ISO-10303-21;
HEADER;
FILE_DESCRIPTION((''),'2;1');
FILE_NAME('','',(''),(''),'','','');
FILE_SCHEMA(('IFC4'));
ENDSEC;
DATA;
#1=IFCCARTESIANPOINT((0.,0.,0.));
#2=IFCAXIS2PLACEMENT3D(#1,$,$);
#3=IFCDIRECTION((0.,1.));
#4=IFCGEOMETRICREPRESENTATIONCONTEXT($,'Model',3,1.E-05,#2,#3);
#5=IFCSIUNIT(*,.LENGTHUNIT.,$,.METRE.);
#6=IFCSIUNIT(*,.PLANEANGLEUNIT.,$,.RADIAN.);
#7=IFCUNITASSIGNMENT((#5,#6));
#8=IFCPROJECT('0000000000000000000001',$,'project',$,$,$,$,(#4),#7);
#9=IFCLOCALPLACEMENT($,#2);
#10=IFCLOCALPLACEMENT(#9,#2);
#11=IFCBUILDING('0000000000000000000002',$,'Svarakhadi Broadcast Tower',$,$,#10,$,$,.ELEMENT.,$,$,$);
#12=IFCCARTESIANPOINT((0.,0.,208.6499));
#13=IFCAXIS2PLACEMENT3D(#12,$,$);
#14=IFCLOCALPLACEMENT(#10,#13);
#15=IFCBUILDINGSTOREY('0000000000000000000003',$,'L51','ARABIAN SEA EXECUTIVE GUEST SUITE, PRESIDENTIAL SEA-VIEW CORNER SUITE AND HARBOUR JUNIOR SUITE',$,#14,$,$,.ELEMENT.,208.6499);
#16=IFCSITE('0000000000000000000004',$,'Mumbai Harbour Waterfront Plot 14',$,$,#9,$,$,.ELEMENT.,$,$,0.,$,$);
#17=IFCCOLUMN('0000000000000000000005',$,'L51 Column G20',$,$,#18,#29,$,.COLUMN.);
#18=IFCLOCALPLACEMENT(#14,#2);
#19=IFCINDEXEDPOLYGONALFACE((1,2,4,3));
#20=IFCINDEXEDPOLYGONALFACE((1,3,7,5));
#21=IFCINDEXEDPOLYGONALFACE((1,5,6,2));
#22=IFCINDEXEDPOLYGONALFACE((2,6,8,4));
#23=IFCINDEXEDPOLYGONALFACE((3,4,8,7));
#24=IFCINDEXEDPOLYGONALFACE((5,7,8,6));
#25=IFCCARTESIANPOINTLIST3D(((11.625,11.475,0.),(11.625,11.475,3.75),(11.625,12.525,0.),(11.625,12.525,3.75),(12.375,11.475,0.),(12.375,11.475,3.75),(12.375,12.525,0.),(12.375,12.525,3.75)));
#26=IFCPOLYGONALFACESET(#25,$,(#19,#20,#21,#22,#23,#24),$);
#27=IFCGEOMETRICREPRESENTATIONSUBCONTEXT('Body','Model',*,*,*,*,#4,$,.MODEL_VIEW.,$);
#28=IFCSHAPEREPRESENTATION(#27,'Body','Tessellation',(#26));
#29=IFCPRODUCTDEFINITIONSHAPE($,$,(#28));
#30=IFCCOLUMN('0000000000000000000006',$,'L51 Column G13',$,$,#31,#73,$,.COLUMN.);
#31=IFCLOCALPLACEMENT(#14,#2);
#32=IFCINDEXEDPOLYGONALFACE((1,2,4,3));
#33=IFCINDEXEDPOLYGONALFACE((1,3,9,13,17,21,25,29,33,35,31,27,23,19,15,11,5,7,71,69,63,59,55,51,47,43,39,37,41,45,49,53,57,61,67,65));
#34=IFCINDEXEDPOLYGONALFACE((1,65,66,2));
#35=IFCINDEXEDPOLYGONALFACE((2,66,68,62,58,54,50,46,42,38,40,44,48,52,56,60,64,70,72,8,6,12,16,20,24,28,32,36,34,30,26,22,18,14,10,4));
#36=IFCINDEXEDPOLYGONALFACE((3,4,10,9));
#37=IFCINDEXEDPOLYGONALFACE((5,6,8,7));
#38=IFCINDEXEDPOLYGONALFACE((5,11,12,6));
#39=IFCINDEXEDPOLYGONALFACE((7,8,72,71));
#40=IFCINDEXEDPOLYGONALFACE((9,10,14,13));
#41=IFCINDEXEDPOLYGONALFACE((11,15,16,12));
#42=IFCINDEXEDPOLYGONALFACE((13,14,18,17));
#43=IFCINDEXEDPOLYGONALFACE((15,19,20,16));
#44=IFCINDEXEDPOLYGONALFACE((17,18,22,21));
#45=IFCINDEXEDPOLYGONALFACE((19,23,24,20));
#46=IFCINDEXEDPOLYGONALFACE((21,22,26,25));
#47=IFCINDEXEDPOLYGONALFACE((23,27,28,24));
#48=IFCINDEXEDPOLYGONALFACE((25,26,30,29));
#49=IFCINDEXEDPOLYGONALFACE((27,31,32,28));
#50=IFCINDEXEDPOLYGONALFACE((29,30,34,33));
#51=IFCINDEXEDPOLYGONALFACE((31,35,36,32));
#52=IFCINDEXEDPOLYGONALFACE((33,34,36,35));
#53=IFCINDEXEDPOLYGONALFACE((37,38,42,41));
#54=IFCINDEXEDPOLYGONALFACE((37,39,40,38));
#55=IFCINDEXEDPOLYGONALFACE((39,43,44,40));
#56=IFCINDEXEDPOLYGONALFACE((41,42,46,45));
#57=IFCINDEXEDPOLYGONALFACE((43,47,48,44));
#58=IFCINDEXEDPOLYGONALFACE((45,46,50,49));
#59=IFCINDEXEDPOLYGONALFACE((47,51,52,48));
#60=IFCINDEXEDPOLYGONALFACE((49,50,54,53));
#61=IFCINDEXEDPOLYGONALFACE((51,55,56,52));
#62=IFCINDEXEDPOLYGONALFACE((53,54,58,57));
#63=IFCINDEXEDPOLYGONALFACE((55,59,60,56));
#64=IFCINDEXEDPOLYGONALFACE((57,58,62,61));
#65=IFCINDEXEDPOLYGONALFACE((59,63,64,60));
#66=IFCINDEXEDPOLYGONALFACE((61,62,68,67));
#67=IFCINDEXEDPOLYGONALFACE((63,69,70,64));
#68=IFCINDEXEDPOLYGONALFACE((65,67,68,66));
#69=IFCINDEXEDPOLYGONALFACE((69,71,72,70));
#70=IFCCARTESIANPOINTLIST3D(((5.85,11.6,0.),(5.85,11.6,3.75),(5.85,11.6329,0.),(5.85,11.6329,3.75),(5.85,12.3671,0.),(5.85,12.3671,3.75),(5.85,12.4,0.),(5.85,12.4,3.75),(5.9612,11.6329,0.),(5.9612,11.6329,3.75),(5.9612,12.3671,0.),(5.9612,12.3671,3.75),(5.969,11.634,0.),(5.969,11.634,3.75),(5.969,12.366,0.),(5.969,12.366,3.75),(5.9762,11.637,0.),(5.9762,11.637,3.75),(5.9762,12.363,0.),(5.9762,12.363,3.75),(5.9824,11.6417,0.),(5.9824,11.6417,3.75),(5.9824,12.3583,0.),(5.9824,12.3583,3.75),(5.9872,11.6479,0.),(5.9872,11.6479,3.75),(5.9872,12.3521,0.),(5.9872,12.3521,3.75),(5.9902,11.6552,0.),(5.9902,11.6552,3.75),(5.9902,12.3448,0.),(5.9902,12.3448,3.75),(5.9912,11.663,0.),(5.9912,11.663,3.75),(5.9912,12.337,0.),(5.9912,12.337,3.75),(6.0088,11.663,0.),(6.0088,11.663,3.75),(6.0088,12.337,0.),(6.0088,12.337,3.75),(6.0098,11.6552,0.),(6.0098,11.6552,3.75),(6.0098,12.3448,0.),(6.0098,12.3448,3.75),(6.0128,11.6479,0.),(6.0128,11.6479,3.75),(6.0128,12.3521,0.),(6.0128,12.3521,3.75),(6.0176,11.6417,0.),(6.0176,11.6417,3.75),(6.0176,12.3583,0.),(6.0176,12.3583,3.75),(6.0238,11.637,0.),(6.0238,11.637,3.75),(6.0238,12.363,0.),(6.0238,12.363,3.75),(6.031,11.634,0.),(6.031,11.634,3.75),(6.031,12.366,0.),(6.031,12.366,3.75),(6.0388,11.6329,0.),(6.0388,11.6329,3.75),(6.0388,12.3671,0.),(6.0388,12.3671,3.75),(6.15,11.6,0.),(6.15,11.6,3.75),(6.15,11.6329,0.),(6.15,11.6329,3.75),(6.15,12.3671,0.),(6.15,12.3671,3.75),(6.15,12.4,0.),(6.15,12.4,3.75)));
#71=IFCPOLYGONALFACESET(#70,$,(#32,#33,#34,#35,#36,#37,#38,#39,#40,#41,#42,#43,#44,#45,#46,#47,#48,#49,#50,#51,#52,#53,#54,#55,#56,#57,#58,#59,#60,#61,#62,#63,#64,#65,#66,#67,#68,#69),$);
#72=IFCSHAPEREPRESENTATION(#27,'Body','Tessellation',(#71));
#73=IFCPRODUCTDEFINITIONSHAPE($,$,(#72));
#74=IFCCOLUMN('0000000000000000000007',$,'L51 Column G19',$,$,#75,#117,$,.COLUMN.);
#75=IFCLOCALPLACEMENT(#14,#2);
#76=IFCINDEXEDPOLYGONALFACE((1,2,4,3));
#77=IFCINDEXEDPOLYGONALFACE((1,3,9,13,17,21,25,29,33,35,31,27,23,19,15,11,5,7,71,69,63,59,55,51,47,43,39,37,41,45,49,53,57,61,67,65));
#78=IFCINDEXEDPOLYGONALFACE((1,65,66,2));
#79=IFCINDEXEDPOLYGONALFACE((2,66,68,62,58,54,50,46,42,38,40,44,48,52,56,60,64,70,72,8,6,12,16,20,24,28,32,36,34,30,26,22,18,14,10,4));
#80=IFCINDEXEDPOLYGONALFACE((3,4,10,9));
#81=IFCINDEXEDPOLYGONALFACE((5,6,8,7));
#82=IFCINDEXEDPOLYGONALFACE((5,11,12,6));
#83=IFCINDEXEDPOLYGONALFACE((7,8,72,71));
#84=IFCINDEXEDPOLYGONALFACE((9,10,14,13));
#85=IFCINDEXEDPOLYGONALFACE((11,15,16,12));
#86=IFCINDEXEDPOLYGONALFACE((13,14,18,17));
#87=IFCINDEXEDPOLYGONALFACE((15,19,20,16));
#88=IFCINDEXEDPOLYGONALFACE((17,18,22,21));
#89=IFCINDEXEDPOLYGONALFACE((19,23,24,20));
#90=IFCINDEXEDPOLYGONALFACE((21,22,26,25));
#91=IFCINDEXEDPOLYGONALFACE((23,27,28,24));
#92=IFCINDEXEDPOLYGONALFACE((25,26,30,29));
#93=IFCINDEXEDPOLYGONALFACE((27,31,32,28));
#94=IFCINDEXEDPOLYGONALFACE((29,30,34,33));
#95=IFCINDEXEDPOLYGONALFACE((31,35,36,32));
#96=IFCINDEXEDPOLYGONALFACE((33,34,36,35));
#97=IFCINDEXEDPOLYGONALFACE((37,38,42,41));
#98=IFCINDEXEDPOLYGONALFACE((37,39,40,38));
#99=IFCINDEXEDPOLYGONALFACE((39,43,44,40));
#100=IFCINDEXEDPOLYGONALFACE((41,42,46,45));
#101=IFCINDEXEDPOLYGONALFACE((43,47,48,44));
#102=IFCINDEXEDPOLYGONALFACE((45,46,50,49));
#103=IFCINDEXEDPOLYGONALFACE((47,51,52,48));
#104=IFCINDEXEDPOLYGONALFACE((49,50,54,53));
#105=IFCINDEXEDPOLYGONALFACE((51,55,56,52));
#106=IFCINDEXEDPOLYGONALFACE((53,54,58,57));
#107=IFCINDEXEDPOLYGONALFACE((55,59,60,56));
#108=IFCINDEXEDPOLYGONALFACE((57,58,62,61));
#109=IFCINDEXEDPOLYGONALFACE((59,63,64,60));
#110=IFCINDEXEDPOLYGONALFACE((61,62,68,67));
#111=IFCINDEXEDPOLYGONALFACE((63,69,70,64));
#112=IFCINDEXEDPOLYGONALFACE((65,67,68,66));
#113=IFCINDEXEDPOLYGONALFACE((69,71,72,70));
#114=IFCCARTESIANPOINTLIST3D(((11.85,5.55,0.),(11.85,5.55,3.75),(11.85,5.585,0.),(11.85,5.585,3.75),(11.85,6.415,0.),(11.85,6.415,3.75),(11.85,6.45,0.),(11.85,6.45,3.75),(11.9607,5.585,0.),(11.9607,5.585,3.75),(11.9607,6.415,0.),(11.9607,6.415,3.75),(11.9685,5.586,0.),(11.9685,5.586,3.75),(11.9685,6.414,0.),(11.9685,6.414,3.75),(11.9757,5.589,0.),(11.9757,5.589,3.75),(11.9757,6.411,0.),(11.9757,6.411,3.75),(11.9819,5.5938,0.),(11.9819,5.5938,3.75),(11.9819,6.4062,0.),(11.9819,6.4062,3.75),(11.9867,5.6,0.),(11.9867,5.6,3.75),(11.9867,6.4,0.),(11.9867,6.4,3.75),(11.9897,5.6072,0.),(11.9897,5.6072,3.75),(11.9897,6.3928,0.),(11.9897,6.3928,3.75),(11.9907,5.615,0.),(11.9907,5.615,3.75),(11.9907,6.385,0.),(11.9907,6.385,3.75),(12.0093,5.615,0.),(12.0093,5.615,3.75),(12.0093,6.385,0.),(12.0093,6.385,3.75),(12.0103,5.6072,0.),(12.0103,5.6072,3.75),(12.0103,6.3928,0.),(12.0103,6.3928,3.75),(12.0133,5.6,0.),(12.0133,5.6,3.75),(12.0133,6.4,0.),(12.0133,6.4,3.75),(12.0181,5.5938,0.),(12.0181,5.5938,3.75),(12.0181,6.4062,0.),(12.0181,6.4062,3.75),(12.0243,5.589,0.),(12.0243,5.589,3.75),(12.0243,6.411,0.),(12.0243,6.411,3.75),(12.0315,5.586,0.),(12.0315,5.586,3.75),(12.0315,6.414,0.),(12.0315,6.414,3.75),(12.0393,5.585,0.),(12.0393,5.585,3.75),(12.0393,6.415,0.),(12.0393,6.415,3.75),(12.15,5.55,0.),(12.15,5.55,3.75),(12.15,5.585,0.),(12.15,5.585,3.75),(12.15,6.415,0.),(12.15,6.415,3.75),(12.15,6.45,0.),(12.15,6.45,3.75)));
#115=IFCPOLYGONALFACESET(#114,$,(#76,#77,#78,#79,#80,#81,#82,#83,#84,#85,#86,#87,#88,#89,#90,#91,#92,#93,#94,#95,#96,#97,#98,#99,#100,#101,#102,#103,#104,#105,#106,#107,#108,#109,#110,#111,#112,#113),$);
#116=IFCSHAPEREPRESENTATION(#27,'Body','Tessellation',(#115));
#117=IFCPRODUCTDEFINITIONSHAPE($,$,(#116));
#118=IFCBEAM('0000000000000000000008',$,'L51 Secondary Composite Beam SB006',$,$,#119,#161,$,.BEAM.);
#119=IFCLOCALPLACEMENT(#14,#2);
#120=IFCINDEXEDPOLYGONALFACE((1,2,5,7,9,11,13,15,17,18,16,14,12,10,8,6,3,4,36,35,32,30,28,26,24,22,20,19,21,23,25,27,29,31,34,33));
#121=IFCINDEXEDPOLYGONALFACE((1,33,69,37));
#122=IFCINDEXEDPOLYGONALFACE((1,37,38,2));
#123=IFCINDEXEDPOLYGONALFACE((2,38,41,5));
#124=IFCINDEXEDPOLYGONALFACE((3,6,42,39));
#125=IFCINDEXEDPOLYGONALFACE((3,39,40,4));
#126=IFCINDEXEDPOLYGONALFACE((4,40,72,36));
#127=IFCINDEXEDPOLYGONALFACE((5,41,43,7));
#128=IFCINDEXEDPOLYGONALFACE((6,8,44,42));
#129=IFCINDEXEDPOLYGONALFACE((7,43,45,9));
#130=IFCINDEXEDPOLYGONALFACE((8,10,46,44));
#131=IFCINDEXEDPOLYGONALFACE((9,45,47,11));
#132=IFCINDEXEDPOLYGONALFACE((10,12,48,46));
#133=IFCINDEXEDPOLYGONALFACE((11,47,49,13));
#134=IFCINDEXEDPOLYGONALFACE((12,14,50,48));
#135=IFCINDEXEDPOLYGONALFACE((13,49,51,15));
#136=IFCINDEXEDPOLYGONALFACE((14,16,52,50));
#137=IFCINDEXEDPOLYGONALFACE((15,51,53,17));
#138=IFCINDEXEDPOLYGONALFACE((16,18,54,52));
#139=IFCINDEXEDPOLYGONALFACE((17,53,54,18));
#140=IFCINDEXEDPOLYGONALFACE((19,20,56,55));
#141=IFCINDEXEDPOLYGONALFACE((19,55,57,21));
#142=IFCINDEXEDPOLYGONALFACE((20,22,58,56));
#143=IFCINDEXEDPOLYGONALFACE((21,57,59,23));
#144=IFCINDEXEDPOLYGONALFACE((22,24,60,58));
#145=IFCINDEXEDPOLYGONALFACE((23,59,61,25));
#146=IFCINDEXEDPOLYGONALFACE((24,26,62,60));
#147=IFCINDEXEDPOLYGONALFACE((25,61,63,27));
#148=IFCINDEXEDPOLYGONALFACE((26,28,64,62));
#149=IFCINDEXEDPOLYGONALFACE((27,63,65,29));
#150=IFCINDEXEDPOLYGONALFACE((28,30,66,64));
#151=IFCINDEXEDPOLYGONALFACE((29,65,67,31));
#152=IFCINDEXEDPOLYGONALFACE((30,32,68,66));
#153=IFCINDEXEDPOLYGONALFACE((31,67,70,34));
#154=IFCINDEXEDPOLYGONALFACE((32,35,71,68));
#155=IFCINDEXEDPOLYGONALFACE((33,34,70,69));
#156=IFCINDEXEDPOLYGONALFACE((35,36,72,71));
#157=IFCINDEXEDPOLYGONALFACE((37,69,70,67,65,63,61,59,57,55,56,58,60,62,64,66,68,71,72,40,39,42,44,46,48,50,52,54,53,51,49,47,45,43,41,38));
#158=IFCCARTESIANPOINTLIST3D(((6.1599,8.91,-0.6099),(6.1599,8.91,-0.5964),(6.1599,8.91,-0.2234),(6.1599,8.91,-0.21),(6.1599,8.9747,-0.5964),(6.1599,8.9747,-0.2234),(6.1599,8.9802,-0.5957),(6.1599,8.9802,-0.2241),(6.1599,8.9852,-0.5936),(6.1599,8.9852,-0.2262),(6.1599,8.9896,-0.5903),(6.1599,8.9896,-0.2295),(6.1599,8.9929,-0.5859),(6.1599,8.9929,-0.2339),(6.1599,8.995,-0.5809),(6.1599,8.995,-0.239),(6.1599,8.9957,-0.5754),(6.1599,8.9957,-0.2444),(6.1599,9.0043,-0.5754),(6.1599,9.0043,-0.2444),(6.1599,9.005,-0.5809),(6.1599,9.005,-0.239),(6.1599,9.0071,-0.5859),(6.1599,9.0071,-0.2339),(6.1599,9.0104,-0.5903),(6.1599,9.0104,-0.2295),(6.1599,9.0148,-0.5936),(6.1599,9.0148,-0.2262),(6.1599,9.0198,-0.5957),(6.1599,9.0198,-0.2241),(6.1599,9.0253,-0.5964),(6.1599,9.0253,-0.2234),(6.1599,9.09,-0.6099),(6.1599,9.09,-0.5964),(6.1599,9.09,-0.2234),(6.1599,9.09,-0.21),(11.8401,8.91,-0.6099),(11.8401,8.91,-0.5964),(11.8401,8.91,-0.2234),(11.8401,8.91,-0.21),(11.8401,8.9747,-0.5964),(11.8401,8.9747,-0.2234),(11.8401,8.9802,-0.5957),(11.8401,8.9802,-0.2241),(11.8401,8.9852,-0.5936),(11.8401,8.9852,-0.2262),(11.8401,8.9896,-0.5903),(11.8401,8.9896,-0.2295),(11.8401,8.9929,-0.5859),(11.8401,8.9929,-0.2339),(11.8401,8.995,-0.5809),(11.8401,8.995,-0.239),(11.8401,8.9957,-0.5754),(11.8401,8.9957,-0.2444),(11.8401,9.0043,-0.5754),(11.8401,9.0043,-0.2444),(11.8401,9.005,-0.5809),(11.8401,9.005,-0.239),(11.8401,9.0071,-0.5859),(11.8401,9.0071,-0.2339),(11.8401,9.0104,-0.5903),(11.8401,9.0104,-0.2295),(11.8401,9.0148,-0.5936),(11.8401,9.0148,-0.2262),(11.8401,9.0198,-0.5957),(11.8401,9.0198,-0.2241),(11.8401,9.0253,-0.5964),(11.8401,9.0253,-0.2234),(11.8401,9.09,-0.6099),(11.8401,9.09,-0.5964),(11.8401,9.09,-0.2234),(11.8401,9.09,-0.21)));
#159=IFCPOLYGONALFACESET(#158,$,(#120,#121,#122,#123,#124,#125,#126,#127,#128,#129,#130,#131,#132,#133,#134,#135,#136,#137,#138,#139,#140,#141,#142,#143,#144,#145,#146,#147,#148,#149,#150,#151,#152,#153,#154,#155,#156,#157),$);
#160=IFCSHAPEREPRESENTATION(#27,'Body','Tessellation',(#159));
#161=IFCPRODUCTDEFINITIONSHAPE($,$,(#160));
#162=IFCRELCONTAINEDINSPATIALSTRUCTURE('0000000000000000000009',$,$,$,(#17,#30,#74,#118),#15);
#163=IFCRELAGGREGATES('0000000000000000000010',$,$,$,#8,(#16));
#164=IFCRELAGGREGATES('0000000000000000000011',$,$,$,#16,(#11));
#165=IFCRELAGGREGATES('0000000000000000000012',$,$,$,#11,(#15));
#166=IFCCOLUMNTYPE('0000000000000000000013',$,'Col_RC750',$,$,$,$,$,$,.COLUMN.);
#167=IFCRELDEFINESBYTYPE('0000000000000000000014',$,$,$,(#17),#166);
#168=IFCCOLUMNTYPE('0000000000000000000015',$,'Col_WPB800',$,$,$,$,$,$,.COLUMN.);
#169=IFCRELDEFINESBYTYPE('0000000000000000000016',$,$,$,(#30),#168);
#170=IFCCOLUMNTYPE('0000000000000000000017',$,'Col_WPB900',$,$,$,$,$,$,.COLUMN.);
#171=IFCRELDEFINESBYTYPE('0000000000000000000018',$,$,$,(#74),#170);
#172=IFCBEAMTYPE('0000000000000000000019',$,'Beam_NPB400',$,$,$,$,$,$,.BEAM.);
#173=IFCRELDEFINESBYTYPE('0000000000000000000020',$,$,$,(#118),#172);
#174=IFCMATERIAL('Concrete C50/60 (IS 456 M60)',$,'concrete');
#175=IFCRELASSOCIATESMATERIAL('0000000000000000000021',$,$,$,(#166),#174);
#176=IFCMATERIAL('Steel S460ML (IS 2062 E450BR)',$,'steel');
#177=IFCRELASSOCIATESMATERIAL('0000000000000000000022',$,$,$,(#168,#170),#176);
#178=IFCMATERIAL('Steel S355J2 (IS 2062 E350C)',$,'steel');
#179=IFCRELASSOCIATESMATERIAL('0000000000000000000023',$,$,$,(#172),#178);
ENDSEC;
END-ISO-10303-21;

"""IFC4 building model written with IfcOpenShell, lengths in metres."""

from ifc_helpers import new_model, si_unit, direction, frame, origin, origin_2d, place, context, subcontext, project, spatial, rectangle, i_section, extrude, material, material_profile, profile_set, type_object, element, save


model = new_model("IFC4")

# Units and contexts
model_context = context("Model", 3, precision=1e-05, world=origin(), true_north=direction((0.0, 1.0)))
body_context = subcontext(model_context, "Body", "Model", "MODEL_VIEW")
ifc_project = project(units=[si_unit("LENGTHUNIT", "METRE"), si_unit("PLANEANGLEUNIT", "RADIAN")], contexts=[model_context])

# Site, building, storey
site_placement = place(None, origin())
site = spatial("IfcSite", under=ifc_project, at=site_placement, Name="Mumbai Harbour Waterfront Plot 14", CompositionType="ELEMENT", RefElevation=0.0)
building_placement = place(site_placement, origin())
building = spatial("IfcBuilding", under=site, at=building_placement, Name="Svarakhadi Broadcast Tower", CompositionType="ELEMENT")
storey_placement = place(building_placement, frame((0.0, 0.0, 208.6499)))
storey = spatial("IfcBuildingStorey", under=building, at=storey_placement, Name="L51", Description="ARABIAN SEA EXECUTIVE GUEST SUITE, PRESIDENTIAL SEA-VIEW CORNER SUITE AND HARBOUR JUNIOR SUITE", CompositionType="ELEMENT", Elevation=208.6499)

# Columns
ifc_material_1 = material(Name="Concrete C50/60 (IS 456 M60)", Category="concrete")
ifc_material_profile_1 = material_profile(ifc_material_1, rectangle(XDim=0.75, YDim=1.05, at=origin_2d()), Name="RC 750x1050")
ifc_profile_set_1 = profile_set([ifc_material_profile_1], Name="Concrete C50/60 (IS 456 M60)")
column_type_1 = type_object("IfcColumnType", Name="Col_RC750", PredefinedType="COLUMN", material=ifc_profile_set_1)
column_1_placement = place(storey_placement, frame((12.0, 12.0, 0.0), z_axis=(0.0, 0.0, 1.0), x_axis=(1.0, 0.0, 0.0)))
element("IfcColumn", 1, at=column_1_placement, inside=storey, type_object=column_type_1, Name="L51 Column G20", PredefinedType="COLUMN", context=body_context, shape_type="SweptSolid", body=[
    extrude(rectangle(XDim=0.75, YDim=1.05, at=origin_2d()), origin(), (0.0, 0.0, 1.0), 3.75),
])
ifc_material_2 = material(Name="Steel S460ML (IS 2062 E450BR)", Category="steel")
ifc_material_profile_2 = material_profile(ifc_material_2, i_section(OverallWidth=0.3, OverallDepth=0.8, WebThickness=0.0176, FlangeThickness=0.033, FilletRadius=0.03, at=origin_2d()), Name="WPB 800x300x262")
ifc_profile_set_2 = profile_set([ifc_material_profile_2], Name="Steel S460ML (IS 2062 E450BR)")
column_type_2 = type_object("IfcColumnType", Name="Col_WPB800", PredefinedType="COLUMN", material=ifc_profile_set_2)
column_2_placement = place(storey_placement, frame((6.0, 12.0, 0.0), z_axis=(0.0, 0.0, 1.0), x_axis=(1.0, 0.0, 0.0)))
element("IfcColumn", 2, at=column_2_placement, inside=storey, type_object=column_type_2, Name="L51 Column G13", PredefinedType="COLUMN", context=body_context, shape_type="SweptSolid", body=[
    extrude(i_section(OverallWidth=0.3, OverallDepth=0.8, WebThickness=0.0176, FlangeThickness=0.033, FilletRadius=0.03, at=origin_2d()), origin(), (0.0, 0.0, 1.0), 3.75),
])
ifc_material_profile_3 = material_profile(ifc_material_2, i_section(OverallWidth=0.3, OverallDepth=0.8999, WebThickness=0.0186, FlangeThickness=0.0349, FilletRadius=0.03, at=origin_2d()), Name="WPB 900x300x291")
ifc_profile_set_3 = profile_set([ifc_material_profile_3], Name="Steel S460ML (IS 2062 E450BR)")
column_type_3 = type_object("IfcColumnType", Name="Col_WPB900", PredefinedType="COLUMN", material=ifc_profile_set_3)
column_3_placement = place(storey_placement, frame((12.0, 6.0, 0.0), z_axis=(0.0, 0.0, 1.0), x_axis=(1.0, 0.0, 0.0)))
element("IfcColumn", 3, at=column_3_placement, inside=storey, type_object=column_type_3, Name="L51 Column G19", PredefinedType="COLUMN", context=body_context, shape_type="SweptSolid", body=[
    extrude(i_section(OverallWidth=0.3, OverallDepth=0.8999, WebThickness=0.0186, FlangeThickness=0.0349, FilletRadius=0.03, at=origin_2d()), origin(), (0.0, 0.0, 1.0), 3.75),
])

# Beam
ifc_material_3 = material(Name="Steel S355J2 (IS 2062 E350C)", Category="steel")
ifc_material_profile_4 = material_profile(ifc_material_3, i_section(OverallWidth=0.1799, OverallDepth=0.3999, WebThickness=0.0085, FlangeThickness=0.0134, FilletRadius=0.021, at=origin_2d()), Name="NPB 400x180x66")
ifc_profile_set_4 = profile_set([ifc_material_profile_4], Name="Steel S355J2 (IS 2062 E350C)")
beam_type_1 = type_object("IfcBeamType", Name="Beam_NPB400", PredefinedType="BEAM", material=ifc_profile_set_4)
for number, where, z_axis, x_axis, name in (
    (4, (6.1599, 9.0, -0.4099), (1.0, 0.0, 0.0), (0.0, 1.0, 0.0), "L51 Secondary Composite Beam SB006"),
):
    element("IfcBeam", number, at=place(storey_placement, frame(where, z_axis=z_axis, x_axis=x_axis)), inside=storey, type_object=beam_type_1, Name=name, PredefinedType="BEAM", context=body_context, shape_type="SweptSolid", body=[
        extrude(i_section(OverallWidth=0.1799, OverallDepth=0.3999, WebThickness=0.0085, FlangeThickness=0.0134, FilletRadius=0.021, at=origin_2d()), origin(), (0.0, 0.0, 1.0), 5.6802),
    ])

save(model, "model.ifc")
